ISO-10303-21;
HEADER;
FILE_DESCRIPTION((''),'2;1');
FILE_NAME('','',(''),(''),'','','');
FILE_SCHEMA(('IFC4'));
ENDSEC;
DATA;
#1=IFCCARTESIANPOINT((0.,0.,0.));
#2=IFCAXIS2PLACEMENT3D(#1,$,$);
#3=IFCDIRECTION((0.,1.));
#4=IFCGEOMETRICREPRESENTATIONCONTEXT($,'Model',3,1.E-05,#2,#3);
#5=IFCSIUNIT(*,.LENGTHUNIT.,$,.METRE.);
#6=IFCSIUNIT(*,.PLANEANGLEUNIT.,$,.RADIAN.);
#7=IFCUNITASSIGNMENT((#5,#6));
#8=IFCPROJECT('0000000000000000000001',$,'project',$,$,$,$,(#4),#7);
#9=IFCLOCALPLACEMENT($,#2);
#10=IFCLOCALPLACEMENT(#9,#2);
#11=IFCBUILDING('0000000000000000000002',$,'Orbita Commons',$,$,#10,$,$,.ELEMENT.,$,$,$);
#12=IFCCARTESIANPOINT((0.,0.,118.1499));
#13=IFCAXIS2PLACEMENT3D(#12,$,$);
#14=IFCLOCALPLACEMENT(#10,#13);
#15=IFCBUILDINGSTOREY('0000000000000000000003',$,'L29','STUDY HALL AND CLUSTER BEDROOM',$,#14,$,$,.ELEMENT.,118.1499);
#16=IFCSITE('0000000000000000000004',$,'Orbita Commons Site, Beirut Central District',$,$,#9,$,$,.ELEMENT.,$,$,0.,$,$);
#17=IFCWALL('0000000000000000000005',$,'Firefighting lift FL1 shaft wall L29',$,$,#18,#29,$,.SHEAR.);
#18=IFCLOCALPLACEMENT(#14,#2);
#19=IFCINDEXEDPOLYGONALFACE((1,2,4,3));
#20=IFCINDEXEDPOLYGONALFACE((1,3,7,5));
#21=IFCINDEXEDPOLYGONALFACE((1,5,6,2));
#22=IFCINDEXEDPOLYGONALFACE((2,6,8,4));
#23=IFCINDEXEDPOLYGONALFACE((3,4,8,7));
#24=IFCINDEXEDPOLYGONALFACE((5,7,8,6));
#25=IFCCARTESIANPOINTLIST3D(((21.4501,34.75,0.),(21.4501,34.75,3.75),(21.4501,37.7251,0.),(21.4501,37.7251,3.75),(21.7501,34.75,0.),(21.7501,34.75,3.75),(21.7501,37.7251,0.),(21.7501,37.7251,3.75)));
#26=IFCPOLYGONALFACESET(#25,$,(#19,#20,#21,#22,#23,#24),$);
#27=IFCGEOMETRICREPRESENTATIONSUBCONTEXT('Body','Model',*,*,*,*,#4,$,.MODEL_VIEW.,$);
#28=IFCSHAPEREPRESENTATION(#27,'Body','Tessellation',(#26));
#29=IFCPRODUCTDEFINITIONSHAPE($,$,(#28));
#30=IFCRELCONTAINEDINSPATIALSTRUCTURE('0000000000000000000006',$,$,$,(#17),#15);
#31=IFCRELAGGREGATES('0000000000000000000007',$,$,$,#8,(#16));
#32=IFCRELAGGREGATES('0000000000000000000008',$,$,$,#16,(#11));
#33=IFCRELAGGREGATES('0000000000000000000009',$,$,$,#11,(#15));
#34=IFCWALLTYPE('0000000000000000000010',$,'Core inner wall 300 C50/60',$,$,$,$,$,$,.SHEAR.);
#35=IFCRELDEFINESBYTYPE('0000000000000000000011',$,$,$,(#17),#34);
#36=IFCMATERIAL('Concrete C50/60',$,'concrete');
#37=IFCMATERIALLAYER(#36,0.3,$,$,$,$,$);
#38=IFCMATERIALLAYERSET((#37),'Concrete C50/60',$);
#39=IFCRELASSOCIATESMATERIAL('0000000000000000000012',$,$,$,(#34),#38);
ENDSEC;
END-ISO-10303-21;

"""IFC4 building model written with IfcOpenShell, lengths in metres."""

from ifc_helpers import new_model, si_unit, direction, frame, frame_2d, origin, place, context, subcontext, project, spatial, rectangle, extrude, material, layer, layer_set, type_object, element, save


model = new_model("IFC4")

# Units and contexts
model_context = context("Model", 3, precision=1e-05, world=origin(), true_north=direction((0.0, 1.0)))
body_context = subcontext(model_context, "Body", "Model", "MODEL_VIEW")
ifc_project = project(units=[si_unit("LENGTHUNIT", "METRE"), si_unit("PLANEANGLEUNIT", "RADIAN")], contexts=[model_context])

# Site, building, storey
site_placement = place(None, origin())
site = spatial("IfcSite", under=ifc_project, at=site_placement, Name="Orbita Commons Site, Beirut Central District", CompositionType="ELEMENT", RefElevation=0.0)
building_placement = place(site_placement, origin())
building = spatial("IfcBuilding", under=site, at=building_placement, Name="Orbita Commons", CompositionType="ELEMENT")
storey_placement = place(building_placement, frame((0.0, 0.0, 118.1499)))
storey = spatial("IfcBuildingStorey", under=building, at=storey_placement, Name="L29", Description="STUDY HALL AND CLUSTER BEDROOM", CompositionType="ELEMENT", Elevation=118.1499)

# Shared definitions
ifc_material_1 = material(Name="Concrete C50/60", Category="concrete")
ifc_layer = layer(ifc_material_1, 0.3)
ifc_layer_set = layer_set([ifc_layer], Name="Concrete C50/60")
wall_type = type_object("IfcWallType", Name="Core inner wall 300 C50/60", PredefinedType="SHEAR", material=ifc_layer_set)

# Wall
wall_1_placement = place(storey_placement, frame((21.6001, 34.75, 0.0), z_axis=(0.0, 0.0, 1.0), x_axis=(0.0, 1.0, 0.0)))
element("IfcWall", 1, at=wall_1_placement, inside=storey, type_object=wall_type, Name="Firefighting lift FL1 shaft wall L29", PredefinedType="SHEAR", context=body_context, shape_type="SweptSolid", body=[
    extrude(rectangle(XDim=2.9751, YDim=0.3, at=frame_2d((1.4875, 0.0))), origin(), (0.0, 0.0, 1.0), 3.75),
])

save(model, "model.ifc")
